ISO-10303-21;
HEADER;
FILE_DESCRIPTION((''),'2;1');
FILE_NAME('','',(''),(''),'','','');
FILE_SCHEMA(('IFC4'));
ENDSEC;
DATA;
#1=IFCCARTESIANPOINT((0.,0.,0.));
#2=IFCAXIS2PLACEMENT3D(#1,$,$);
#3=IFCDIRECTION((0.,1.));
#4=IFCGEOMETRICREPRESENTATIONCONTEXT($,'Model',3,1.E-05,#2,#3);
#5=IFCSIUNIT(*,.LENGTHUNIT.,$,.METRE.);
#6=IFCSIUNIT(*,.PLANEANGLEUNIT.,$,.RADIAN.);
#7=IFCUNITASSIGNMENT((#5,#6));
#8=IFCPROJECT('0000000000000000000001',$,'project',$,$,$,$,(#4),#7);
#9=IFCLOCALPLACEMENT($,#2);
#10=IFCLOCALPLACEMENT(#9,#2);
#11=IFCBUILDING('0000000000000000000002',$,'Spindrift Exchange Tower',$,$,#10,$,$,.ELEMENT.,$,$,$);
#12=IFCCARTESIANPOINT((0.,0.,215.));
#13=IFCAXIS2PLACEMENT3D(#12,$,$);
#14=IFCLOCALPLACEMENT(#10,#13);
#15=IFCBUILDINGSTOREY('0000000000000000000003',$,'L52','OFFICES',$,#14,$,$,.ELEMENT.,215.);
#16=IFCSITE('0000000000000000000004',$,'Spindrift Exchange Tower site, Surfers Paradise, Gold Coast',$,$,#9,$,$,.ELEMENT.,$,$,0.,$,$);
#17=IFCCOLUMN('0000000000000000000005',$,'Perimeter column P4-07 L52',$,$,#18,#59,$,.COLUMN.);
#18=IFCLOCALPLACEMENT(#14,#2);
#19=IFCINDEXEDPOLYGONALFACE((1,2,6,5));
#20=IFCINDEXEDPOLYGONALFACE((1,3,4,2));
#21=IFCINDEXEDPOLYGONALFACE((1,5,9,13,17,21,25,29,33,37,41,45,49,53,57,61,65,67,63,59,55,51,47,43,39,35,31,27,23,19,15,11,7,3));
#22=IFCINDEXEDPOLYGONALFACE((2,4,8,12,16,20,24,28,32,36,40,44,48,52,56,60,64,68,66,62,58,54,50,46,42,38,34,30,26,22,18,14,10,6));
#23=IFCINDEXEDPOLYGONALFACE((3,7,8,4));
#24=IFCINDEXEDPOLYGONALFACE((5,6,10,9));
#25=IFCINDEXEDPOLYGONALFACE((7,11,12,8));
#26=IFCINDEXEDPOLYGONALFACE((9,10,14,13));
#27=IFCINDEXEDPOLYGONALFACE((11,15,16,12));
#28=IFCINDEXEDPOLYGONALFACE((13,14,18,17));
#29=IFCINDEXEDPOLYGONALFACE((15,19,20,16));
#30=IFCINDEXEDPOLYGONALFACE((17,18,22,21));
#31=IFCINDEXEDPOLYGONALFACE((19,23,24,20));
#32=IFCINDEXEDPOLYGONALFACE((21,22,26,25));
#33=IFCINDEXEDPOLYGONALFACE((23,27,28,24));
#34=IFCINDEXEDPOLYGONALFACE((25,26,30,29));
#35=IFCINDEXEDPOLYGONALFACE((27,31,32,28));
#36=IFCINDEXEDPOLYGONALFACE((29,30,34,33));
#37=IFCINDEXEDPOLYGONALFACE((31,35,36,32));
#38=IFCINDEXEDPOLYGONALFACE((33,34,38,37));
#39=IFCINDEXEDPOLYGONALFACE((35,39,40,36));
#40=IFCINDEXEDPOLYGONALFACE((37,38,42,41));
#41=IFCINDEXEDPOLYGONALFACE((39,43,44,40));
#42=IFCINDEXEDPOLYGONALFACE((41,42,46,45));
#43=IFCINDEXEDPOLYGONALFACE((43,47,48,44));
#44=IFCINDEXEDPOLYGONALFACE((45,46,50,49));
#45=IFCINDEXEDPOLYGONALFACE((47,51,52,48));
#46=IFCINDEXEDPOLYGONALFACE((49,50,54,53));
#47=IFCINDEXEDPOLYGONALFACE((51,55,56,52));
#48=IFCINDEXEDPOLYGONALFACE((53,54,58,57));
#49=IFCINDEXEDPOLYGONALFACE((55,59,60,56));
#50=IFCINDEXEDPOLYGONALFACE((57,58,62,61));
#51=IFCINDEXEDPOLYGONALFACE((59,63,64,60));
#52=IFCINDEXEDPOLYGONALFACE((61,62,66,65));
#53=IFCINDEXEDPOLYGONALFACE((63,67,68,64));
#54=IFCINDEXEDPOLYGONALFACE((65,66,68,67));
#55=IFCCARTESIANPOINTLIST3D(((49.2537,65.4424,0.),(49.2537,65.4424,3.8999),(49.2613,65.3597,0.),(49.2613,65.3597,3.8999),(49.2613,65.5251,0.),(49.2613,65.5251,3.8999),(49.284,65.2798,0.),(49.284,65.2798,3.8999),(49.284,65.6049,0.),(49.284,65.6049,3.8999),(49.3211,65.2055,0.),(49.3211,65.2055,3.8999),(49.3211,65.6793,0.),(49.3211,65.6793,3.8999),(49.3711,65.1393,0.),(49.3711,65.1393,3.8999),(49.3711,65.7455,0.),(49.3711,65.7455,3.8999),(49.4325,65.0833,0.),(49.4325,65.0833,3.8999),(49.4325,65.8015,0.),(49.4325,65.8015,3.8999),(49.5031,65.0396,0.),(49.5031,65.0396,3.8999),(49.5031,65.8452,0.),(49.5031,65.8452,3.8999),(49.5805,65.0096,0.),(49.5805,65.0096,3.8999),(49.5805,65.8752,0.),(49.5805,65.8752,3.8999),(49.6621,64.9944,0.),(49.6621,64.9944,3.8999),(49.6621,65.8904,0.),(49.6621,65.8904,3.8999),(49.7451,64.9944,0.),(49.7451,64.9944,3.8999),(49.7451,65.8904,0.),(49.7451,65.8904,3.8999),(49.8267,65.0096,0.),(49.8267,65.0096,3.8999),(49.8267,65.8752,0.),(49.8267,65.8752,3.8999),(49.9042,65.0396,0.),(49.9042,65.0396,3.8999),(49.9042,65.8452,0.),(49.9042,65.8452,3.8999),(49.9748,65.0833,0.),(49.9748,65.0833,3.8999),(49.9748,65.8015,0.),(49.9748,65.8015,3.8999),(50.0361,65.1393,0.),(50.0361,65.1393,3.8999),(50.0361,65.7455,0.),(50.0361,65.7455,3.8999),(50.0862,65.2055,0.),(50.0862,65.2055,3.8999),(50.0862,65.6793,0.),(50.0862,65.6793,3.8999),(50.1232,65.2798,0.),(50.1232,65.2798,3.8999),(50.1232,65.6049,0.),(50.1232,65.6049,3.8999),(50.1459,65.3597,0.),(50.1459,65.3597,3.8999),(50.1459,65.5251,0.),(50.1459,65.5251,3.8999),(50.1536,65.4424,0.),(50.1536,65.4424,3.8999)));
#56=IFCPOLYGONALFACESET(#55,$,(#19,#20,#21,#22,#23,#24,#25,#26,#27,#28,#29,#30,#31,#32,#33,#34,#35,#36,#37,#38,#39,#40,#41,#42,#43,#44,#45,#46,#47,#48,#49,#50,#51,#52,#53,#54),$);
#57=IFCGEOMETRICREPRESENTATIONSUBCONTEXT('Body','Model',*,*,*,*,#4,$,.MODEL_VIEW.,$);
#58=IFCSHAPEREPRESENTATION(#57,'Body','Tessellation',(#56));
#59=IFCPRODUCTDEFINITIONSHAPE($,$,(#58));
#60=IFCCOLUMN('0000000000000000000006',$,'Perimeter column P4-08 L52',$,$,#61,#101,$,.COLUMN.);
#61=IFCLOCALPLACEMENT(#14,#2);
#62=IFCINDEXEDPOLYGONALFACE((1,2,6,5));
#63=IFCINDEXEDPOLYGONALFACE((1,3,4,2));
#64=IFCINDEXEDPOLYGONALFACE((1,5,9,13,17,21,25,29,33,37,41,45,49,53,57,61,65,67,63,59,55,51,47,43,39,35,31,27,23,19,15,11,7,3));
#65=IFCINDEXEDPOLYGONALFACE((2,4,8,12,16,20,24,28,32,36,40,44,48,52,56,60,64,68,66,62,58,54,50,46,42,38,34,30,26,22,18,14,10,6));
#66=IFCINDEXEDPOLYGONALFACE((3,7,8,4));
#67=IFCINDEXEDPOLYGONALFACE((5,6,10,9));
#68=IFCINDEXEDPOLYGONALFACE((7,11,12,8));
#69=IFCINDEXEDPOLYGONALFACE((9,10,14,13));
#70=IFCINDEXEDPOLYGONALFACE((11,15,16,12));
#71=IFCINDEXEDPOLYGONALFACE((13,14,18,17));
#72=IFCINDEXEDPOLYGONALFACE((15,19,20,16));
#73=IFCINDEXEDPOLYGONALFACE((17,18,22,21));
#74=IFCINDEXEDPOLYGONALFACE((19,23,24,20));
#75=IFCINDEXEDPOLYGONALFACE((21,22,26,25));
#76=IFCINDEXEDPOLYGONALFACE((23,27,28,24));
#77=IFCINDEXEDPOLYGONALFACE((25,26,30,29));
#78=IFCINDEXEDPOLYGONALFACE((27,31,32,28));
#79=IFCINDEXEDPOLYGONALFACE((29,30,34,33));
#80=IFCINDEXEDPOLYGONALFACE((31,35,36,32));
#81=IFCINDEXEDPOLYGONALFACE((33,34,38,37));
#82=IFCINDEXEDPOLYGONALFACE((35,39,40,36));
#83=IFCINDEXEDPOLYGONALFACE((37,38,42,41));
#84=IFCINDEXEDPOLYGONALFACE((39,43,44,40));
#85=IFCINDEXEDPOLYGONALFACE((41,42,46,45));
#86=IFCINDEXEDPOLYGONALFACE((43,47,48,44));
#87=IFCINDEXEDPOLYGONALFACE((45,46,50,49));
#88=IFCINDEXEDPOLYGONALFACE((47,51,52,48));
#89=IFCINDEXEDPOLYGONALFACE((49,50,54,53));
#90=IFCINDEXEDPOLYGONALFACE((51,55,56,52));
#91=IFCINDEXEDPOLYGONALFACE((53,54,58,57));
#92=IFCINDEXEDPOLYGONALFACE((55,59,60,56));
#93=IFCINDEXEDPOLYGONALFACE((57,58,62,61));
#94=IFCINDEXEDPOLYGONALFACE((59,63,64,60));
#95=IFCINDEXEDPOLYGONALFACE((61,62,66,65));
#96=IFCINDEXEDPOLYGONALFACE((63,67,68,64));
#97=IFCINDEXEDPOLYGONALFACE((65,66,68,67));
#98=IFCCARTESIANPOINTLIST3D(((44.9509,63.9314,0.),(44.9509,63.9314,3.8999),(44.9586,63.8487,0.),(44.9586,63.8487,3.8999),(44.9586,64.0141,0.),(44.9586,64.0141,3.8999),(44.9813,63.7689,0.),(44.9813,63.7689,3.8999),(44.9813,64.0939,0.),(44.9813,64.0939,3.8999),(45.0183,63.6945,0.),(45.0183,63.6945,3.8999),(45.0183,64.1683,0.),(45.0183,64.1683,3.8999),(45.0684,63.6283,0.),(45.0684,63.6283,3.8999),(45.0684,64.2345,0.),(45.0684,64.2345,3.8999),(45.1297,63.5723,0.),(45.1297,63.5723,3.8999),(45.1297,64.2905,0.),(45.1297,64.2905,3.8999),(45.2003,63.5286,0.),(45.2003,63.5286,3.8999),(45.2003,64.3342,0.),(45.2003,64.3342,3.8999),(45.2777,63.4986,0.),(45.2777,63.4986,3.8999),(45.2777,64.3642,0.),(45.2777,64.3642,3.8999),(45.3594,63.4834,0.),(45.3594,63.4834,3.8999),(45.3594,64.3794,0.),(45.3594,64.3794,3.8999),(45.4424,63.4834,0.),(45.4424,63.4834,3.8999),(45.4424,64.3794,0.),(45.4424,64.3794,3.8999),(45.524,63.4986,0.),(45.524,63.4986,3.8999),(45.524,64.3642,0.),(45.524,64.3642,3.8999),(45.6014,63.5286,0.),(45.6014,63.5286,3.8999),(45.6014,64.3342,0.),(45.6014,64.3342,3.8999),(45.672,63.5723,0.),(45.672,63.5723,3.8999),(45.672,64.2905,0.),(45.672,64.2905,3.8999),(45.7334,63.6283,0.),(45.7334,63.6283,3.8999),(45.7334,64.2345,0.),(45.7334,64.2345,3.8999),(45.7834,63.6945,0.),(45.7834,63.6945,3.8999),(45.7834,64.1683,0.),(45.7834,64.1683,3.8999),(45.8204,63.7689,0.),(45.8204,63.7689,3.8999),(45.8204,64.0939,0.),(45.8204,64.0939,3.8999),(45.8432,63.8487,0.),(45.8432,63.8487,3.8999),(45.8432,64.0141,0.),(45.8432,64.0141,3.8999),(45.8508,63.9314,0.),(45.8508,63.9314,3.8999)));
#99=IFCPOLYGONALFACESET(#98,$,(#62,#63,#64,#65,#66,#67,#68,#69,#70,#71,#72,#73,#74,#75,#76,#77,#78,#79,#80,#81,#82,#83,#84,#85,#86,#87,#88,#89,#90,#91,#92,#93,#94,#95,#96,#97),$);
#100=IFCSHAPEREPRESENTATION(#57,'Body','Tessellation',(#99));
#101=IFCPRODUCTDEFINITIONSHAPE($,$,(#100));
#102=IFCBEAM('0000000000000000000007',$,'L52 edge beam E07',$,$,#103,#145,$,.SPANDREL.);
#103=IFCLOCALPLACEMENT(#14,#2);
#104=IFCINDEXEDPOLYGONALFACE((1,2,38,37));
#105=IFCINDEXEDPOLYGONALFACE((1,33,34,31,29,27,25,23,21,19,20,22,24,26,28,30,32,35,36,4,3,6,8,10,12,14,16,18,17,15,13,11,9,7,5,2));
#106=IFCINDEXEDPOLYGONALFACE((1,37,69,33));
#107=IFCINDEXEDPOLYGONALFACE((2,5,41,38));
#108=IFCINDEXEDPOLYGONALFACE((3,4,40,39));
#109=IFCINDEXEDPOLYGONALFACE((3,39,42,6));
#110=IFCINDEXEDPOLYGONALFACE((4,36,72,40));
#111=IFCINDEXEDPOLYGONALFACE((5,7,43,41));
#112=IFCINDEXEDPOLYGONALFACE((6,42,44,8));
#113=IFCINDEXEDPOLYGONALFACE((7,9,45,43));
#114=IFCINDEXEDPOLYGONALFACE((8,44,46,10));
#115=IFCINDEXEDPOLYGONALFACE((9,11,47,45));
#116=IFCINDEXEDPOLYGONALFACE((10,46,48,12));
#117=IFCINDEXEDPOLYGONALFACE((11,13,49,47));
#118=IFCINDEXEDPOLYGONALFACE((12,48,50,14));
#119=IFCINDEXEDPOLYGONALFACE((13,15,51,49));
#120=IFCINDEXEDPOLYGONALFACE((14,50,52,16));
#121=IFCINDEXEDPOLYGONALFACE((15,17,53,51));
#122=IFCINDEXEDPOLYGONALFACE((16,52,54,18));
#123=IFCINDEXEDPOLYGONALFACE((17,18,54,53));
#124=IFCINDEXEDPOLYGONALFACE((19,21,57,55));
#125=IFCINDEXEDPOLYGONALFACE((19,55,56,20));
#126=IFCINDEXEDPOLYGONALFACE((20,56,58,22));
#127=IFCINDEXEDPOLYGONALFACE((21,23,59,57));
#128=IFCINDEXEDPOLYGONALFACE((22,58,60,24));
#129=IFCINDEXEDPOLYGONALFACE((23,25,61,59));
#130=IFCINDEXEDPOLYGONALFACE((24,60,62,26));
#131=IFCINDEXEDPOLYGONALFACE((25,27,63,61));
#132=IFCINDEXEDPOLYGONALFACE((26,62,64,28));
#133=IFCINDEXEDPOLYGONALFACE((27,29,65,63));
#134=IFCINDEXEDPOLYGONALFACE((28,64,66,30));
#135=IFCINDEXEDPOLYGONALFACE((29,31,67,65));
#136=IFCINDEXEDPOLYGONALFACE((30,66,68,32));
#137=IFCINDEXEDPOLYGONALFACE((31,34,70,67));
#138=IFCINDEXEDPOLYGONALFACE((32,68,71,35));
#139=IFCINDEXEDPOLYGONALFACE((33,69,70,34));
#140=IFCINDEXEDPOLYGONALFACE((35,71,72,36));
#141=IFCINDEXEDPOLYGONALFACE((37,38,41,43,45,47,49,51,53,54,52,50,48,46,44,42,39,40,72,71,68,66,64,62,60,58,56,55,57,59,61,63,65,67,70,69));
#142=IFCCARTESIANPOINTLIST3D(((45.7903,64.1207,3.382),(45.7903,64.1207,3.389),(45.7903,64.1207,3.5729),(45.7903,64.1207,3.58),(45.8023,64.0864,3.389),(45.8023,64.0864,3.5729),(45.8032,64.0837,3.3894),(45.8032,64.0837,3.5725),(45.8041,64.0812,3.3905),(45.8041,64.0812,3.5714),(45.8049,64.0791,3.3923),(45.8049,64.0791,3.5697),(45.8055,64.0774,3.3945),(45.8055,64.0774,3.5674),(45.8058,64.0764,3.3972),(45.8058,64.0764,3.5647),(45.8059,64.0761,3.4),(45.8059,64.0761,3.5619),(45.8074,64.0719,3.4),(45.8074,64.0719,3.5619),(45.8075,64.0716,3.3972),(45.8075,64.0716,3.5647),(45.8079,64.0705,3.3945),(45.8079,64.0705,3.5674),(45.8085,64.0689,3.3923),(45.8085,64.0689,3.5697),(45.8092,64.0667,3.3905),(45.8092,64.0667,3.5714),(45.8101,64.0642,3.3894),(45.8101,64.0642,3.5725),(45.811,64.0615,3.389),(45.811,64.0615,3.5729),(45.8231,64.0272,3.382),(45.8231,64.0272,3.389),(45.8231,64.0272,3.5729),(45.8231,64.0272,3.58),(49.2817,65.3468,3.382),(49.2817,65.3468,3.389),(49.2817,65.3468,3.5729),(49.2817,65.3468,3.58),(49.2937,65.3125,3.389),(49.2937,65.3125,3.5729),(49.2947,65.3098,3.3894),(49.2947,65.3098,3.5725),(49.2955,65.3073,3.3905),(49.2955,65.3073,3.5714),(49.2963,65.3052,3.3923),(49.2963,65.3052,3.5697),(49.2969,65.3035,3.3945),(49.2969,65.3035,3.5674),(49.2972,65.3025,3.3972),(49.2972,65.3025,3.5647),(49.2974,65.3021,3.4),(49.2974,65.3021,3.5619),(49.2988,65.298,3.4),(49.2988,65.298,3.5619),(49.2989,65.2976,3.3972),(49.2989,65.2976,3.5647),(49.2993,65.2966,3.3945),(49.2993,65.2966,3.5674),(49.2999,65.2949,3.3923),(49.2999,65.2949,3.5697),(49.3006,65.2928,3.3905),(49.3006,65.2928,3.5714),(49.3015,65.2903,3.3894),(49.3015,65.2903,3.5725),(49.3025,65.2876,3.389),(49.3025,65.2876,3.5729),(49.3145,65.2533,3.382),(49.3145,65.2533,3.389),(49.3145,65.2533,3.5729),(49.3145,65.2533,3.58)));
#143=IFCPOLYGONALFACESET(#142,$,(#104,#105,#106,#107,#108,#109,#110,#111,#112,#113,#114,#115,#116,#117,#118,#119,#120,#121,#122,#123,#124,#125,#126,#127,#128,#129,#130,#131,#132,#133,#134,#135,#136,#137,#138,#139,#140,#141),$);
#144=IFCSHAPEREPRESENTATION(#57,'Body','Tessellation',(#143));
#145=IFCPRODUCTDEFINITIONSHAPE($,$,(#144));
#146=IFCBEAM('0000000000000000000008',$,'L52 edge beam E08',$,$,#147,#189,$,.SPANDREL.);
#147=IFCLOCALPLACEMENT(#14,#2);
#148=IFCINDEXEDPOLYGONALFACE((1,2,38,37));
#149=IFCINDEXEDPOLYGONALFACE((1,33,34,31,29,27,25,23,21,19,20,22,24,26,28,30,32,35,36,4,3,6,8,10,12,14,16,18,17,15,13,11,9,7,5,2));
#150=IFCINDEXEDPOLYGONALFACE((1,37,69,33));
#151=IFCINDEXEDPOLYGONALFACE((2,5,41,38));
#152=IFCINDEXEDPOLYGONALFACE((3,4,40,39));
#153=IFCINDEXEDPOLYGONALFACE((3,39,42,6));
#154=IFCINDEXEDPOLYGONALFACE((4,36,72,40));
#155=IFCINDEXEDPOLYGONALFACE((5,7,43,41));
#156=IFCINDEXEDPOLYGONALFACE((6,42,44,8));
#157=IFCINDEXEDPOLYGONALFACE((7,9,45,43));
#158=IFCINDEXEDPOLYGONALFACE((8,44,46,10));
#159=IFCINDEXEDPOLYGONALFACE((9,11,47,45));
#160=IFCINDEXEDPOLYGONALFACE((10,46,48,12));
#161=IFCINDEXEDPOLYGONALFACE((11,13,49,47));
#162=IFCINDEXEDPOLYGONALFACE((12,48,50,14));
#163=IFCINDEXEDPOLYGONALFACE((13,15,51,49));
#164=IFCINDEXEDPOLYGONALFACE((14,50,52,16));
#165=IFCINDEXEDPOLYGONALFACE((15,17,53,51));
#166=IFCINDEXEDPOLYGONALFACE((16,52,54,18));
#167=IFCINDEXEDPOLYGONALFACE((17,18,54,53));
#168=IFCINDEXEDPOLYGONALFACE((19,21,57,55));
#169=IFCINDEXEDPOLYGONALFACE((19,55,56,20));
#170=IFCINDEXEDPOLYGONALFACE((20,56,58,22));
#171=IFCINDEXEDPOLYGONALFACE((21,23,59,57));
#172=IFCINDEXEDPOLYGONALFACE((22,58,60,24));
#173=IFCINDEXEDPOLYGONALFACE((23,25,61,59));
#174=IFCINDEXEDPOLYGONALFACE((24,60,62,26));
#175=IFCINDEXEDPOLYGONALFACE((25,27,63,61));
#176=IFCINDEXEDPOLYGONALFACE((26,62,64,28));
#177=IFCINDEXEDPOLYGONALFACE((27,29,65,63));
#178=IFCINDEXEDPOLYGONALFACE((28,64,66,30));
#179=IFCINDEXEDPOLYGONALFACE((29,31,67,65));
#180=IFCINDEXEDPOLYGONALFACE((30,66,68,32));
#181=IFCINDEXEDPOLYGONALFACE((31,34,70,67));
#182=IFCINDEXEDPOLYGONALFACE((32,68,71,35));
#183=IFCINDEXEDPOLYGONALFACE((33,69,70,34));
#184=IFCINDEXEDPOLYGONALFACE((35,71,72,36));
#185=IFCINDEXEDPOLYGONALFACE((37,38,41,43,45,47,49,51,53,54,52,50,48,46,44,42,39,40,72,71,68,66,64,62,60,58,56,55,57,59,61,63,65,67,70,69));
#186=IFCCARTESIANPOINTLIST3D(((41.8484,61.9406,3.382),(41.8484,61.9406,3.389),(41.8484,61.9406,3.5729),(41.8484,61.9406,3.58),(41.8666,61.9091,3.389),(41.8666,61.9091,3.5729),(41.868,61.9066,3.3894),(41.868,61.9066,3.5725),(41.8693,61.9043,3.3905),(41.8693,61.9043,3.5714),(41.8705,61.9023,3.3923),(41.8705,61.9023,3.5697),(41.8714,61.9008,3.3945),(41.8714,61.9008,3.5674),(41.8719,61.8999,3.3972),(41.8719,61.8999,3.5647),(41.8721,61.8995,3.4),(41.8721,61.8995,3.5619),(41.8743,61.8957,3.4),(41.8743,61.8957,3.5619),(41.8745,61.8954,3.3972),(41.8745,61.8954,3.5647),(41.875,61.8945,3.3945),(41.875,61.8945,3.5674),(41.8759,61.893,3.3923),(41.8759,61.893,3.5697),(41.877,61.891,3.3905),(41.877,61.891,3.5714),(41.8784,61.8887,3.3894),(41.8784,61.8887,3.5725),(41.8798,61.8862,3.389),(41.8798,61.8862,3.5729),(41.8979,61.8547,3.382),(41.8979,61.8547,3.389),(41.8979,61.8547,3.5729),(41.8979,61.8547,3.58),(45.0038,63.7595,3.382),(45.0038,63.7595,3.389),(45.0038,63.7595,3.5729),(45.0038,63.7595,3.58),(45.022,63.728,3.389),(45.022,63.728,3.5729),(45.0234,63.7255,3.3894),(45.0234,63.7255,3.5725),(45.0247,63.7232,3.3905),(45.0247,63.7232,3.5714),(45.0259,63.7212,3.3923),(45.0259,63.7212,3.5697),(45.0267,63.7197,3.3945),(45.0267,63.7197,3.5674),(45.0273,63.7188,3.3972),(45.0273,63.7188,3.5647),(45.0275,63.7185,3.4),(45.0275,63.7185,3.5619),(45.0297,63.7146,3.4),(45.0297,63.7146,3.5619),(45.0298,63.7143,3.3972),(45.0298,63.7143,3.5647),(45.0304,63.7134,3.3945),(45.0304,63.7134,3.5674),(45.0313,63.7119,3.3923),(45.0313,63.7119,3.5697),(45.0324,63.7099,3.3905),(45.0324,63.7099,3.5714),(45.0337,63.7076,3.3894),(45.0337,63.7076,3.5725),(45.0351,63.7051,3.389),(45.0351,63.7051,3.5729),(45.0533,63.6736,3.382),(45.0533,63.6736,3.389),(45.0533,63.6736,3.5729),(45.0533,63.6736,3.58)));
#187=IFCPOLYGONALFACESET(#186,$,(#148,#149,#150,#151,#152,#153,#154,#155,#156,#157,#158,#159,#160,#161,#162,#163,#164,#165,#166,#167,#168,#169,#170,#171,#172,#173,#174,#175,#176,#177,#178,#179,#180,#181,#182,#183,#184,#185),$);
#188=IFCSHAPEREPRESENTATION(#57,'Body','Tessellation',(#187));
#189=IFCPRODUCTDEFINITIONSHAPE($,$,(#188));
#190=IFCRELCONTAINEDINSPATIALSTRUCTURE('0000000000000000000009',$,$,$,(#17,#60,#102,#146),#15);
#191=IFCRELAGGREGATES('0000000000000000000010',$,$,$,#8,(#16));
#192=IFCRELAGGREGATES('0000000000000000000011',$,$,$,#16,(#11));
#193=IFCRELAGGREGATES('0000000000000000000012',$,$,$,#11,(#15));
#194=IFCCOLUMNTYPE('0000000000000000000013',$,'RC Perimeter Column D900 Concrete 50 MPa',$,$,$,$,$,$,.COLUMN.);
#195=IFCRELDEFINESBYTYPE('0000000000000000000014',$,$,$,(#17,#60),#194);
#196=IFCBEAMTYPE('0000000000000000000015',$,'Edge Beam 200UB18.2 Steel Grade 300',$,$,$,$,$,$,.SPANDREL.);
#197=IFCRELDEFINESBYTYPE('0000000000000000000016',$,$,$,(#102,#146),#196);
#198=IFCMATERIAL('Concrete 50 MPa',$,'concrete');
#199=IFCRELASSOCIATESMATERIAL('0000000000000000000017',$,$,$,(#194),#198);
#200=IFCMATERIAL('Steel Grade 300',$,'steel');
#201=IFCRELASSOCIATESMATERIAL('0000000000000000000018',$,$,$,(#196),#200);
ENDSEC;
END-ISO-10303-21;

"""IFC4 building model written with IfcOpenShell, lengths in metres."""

from ifc_helpers import new_model, si_unit, direction, frame, origin, origin_2d, place, context, subcontext, project, spatial, circle, i_section, extrude, source, transform, mapped, material, material_profile, profile_set, type_object, element, save


model = new_model("IFC4")

# Units and contexts
model_context = context("Model", 3, precision=1e-05, world=origin(), true_north=direction((0.0, 1.0)))
body_context = subcontext(model_context, "Body", "Model", "MODEL_VIEW")
ifc_project = project(units=[si_unit("LENGTHUNIT", "METRE"), si_unit("PLANEANGLEUNIT", "RADIAN")], contexts=[model_context])

# Site, building, storey
site_placement = place(None, origin())
site = spatial("IfcSite", under=ifc_project, at=site_placement, Name="Spindrift Exchange Tower site, Surfers Paradise, Gold Coast", CompositionType="ELEMENT", RefElevation=0.0)
building_placement = place(site_placement, origin())
building = spatial("IfcBuilding", under=site, at=building_placement, Name="Spindrift Exchange Tower", CompositionType="ELEMENT")
storey_placement = place(building_placement, frame((0.0, 0.0, 215.0)))
storey = spatial("IfcBuildingStorey", under=building, at=storey_placement, Name="L52", Description="OFFICES", CompositionType="ELEMENT", Elevation=215.0)

# Columns
ifc_material_1 = material(Name="Concrete 50 MPa", Category="concrete")
ifc_material_profile_1 = material_profile(ifc_material_1, circle(Radius=0.45, at=origin_2d()), Name="RC D900")
ifc_profile_set_1 = profile_set([ifc_material_profile_1], Name="Concrete 50 MPa")
column_type = type_object("IfcColumnType", Name="RC Perimeter Column D900 Concrete 50 MPa", PredefinedType="COLUMN", material=ifc_profile_set_1)
shared_shape_1 = source(origin(), body_context, "Body", "SweptSolid", [
    extrude(circle(Radius=0.45, at=origin_2d()), origin(), (0.0, 0.0, 1.0), 3.8999),
])
for number, where, z_axis, x_axis, name in (
    (1, (49.7036, 65.4424, 0.0), (0.0, 0.0, 1.0), (1.0, 0.0, 0.0), "Perimeter column P4-07 L52"),
    (2, (45.4009, 63.9314, 0.0), (0.0, 0.0, 1.0), (1.0, 0.0, 0.0), "Perimeter column P4-08 L52"),
):
    element("IfcColumn", number, at=place(storey_placement, frame(where, z_axis=z_axis, x_axis=x_axis)), inside=storey, type_object=column_type, Name=name, PredefinedType="COLUMN", context=body_context, shape_type="MappedRepresentation", body=[
        mapped(shared_shape_1, transform((0.0, 0.0, 0.0), scale=1.0)),
    ])

# Beams
ifc_material_2 = material(Name="Steel Grade 300", Category="steel")
ifc_material_profile_2 = material_profile(ifc_material_2, i_section(OverallWidth=0.0991, OverallDepth=0.198, WebThickness=0.0044, FlangeThickness=0.0071, FilletRadius=0.011, at=origin_2d()), Name="200UB18.2")
ifc_profile_set_2 = profile_set([ifc_material_profile_2], Name="Steel Grade 300")
beam_type_1 = type_object("IfcBeamType", Name="Edge Beam 200UB18.2 Steel Grade 300", PredefinedType="SPANDREL", material=ifc_profile_set_2)
shared_shape_2 = source(origin(), body_context, "Body", "SweptSolid", [
    extrude(i_section(OverallWidth=0.0991, OverallDepth=0.198, WebThickness=0.0044, FlangeThickness=0.0071, FilletRadius=0.011, at=origin_2d()), origin(), (0.0, 0.0, 1.0), 3.7004),
])
beam_1_placement = place(storey_placement, frame((49.2981, 65.3, 3.481), z_axis=(-0.943515, -0.331329, 0.0), x_axis=(0.331329, -0.943515, 0.0)))
element("IfcBeam", 3, at=beam_1_placement, inside=storey, type_object=beam_type_1, Name="L52 edge beam E07", PredefinedType="SPANDREL", context=body_context, shape_type="MappedRepresentation", body=[
    mapped(shared_shape_2, transform((0.0, 0.0, 0.0), scale=1.0)),
])
shared_shape_3 = source(origin(), body_context, "Body", "SweptSolid", [
    extrude(i_section(OverallWidth=0.0991, OverallDepth=0.198, WebThickness=0.0044, FlangeThickness=0.0071, FilletRadius=0.011, at=origin_2d()), origin(), (0.0, 0.0, 1.0), 3.6421),
])
beam_2_placement = place(storey_placement, frame((45.0286, 63.7166, 3.481), z_axis=(-0.866364, -0.499413, 0.0), x_axis=(0.499413, -0.866364, 0.0)))
element("IfcBeam", 4, at=beam_2_placement, inside=storey, type_object=beam_type_1, Name="L52 edge beam E08", PredefinedType="SPANDREL", context=body_context, shape_type="MappedRepresentation", body=[
    mapped(shared_shape_3, transform((0.0, 0.0, 0.0), scale=1.0)),
])

save(model, "model.ifc")
